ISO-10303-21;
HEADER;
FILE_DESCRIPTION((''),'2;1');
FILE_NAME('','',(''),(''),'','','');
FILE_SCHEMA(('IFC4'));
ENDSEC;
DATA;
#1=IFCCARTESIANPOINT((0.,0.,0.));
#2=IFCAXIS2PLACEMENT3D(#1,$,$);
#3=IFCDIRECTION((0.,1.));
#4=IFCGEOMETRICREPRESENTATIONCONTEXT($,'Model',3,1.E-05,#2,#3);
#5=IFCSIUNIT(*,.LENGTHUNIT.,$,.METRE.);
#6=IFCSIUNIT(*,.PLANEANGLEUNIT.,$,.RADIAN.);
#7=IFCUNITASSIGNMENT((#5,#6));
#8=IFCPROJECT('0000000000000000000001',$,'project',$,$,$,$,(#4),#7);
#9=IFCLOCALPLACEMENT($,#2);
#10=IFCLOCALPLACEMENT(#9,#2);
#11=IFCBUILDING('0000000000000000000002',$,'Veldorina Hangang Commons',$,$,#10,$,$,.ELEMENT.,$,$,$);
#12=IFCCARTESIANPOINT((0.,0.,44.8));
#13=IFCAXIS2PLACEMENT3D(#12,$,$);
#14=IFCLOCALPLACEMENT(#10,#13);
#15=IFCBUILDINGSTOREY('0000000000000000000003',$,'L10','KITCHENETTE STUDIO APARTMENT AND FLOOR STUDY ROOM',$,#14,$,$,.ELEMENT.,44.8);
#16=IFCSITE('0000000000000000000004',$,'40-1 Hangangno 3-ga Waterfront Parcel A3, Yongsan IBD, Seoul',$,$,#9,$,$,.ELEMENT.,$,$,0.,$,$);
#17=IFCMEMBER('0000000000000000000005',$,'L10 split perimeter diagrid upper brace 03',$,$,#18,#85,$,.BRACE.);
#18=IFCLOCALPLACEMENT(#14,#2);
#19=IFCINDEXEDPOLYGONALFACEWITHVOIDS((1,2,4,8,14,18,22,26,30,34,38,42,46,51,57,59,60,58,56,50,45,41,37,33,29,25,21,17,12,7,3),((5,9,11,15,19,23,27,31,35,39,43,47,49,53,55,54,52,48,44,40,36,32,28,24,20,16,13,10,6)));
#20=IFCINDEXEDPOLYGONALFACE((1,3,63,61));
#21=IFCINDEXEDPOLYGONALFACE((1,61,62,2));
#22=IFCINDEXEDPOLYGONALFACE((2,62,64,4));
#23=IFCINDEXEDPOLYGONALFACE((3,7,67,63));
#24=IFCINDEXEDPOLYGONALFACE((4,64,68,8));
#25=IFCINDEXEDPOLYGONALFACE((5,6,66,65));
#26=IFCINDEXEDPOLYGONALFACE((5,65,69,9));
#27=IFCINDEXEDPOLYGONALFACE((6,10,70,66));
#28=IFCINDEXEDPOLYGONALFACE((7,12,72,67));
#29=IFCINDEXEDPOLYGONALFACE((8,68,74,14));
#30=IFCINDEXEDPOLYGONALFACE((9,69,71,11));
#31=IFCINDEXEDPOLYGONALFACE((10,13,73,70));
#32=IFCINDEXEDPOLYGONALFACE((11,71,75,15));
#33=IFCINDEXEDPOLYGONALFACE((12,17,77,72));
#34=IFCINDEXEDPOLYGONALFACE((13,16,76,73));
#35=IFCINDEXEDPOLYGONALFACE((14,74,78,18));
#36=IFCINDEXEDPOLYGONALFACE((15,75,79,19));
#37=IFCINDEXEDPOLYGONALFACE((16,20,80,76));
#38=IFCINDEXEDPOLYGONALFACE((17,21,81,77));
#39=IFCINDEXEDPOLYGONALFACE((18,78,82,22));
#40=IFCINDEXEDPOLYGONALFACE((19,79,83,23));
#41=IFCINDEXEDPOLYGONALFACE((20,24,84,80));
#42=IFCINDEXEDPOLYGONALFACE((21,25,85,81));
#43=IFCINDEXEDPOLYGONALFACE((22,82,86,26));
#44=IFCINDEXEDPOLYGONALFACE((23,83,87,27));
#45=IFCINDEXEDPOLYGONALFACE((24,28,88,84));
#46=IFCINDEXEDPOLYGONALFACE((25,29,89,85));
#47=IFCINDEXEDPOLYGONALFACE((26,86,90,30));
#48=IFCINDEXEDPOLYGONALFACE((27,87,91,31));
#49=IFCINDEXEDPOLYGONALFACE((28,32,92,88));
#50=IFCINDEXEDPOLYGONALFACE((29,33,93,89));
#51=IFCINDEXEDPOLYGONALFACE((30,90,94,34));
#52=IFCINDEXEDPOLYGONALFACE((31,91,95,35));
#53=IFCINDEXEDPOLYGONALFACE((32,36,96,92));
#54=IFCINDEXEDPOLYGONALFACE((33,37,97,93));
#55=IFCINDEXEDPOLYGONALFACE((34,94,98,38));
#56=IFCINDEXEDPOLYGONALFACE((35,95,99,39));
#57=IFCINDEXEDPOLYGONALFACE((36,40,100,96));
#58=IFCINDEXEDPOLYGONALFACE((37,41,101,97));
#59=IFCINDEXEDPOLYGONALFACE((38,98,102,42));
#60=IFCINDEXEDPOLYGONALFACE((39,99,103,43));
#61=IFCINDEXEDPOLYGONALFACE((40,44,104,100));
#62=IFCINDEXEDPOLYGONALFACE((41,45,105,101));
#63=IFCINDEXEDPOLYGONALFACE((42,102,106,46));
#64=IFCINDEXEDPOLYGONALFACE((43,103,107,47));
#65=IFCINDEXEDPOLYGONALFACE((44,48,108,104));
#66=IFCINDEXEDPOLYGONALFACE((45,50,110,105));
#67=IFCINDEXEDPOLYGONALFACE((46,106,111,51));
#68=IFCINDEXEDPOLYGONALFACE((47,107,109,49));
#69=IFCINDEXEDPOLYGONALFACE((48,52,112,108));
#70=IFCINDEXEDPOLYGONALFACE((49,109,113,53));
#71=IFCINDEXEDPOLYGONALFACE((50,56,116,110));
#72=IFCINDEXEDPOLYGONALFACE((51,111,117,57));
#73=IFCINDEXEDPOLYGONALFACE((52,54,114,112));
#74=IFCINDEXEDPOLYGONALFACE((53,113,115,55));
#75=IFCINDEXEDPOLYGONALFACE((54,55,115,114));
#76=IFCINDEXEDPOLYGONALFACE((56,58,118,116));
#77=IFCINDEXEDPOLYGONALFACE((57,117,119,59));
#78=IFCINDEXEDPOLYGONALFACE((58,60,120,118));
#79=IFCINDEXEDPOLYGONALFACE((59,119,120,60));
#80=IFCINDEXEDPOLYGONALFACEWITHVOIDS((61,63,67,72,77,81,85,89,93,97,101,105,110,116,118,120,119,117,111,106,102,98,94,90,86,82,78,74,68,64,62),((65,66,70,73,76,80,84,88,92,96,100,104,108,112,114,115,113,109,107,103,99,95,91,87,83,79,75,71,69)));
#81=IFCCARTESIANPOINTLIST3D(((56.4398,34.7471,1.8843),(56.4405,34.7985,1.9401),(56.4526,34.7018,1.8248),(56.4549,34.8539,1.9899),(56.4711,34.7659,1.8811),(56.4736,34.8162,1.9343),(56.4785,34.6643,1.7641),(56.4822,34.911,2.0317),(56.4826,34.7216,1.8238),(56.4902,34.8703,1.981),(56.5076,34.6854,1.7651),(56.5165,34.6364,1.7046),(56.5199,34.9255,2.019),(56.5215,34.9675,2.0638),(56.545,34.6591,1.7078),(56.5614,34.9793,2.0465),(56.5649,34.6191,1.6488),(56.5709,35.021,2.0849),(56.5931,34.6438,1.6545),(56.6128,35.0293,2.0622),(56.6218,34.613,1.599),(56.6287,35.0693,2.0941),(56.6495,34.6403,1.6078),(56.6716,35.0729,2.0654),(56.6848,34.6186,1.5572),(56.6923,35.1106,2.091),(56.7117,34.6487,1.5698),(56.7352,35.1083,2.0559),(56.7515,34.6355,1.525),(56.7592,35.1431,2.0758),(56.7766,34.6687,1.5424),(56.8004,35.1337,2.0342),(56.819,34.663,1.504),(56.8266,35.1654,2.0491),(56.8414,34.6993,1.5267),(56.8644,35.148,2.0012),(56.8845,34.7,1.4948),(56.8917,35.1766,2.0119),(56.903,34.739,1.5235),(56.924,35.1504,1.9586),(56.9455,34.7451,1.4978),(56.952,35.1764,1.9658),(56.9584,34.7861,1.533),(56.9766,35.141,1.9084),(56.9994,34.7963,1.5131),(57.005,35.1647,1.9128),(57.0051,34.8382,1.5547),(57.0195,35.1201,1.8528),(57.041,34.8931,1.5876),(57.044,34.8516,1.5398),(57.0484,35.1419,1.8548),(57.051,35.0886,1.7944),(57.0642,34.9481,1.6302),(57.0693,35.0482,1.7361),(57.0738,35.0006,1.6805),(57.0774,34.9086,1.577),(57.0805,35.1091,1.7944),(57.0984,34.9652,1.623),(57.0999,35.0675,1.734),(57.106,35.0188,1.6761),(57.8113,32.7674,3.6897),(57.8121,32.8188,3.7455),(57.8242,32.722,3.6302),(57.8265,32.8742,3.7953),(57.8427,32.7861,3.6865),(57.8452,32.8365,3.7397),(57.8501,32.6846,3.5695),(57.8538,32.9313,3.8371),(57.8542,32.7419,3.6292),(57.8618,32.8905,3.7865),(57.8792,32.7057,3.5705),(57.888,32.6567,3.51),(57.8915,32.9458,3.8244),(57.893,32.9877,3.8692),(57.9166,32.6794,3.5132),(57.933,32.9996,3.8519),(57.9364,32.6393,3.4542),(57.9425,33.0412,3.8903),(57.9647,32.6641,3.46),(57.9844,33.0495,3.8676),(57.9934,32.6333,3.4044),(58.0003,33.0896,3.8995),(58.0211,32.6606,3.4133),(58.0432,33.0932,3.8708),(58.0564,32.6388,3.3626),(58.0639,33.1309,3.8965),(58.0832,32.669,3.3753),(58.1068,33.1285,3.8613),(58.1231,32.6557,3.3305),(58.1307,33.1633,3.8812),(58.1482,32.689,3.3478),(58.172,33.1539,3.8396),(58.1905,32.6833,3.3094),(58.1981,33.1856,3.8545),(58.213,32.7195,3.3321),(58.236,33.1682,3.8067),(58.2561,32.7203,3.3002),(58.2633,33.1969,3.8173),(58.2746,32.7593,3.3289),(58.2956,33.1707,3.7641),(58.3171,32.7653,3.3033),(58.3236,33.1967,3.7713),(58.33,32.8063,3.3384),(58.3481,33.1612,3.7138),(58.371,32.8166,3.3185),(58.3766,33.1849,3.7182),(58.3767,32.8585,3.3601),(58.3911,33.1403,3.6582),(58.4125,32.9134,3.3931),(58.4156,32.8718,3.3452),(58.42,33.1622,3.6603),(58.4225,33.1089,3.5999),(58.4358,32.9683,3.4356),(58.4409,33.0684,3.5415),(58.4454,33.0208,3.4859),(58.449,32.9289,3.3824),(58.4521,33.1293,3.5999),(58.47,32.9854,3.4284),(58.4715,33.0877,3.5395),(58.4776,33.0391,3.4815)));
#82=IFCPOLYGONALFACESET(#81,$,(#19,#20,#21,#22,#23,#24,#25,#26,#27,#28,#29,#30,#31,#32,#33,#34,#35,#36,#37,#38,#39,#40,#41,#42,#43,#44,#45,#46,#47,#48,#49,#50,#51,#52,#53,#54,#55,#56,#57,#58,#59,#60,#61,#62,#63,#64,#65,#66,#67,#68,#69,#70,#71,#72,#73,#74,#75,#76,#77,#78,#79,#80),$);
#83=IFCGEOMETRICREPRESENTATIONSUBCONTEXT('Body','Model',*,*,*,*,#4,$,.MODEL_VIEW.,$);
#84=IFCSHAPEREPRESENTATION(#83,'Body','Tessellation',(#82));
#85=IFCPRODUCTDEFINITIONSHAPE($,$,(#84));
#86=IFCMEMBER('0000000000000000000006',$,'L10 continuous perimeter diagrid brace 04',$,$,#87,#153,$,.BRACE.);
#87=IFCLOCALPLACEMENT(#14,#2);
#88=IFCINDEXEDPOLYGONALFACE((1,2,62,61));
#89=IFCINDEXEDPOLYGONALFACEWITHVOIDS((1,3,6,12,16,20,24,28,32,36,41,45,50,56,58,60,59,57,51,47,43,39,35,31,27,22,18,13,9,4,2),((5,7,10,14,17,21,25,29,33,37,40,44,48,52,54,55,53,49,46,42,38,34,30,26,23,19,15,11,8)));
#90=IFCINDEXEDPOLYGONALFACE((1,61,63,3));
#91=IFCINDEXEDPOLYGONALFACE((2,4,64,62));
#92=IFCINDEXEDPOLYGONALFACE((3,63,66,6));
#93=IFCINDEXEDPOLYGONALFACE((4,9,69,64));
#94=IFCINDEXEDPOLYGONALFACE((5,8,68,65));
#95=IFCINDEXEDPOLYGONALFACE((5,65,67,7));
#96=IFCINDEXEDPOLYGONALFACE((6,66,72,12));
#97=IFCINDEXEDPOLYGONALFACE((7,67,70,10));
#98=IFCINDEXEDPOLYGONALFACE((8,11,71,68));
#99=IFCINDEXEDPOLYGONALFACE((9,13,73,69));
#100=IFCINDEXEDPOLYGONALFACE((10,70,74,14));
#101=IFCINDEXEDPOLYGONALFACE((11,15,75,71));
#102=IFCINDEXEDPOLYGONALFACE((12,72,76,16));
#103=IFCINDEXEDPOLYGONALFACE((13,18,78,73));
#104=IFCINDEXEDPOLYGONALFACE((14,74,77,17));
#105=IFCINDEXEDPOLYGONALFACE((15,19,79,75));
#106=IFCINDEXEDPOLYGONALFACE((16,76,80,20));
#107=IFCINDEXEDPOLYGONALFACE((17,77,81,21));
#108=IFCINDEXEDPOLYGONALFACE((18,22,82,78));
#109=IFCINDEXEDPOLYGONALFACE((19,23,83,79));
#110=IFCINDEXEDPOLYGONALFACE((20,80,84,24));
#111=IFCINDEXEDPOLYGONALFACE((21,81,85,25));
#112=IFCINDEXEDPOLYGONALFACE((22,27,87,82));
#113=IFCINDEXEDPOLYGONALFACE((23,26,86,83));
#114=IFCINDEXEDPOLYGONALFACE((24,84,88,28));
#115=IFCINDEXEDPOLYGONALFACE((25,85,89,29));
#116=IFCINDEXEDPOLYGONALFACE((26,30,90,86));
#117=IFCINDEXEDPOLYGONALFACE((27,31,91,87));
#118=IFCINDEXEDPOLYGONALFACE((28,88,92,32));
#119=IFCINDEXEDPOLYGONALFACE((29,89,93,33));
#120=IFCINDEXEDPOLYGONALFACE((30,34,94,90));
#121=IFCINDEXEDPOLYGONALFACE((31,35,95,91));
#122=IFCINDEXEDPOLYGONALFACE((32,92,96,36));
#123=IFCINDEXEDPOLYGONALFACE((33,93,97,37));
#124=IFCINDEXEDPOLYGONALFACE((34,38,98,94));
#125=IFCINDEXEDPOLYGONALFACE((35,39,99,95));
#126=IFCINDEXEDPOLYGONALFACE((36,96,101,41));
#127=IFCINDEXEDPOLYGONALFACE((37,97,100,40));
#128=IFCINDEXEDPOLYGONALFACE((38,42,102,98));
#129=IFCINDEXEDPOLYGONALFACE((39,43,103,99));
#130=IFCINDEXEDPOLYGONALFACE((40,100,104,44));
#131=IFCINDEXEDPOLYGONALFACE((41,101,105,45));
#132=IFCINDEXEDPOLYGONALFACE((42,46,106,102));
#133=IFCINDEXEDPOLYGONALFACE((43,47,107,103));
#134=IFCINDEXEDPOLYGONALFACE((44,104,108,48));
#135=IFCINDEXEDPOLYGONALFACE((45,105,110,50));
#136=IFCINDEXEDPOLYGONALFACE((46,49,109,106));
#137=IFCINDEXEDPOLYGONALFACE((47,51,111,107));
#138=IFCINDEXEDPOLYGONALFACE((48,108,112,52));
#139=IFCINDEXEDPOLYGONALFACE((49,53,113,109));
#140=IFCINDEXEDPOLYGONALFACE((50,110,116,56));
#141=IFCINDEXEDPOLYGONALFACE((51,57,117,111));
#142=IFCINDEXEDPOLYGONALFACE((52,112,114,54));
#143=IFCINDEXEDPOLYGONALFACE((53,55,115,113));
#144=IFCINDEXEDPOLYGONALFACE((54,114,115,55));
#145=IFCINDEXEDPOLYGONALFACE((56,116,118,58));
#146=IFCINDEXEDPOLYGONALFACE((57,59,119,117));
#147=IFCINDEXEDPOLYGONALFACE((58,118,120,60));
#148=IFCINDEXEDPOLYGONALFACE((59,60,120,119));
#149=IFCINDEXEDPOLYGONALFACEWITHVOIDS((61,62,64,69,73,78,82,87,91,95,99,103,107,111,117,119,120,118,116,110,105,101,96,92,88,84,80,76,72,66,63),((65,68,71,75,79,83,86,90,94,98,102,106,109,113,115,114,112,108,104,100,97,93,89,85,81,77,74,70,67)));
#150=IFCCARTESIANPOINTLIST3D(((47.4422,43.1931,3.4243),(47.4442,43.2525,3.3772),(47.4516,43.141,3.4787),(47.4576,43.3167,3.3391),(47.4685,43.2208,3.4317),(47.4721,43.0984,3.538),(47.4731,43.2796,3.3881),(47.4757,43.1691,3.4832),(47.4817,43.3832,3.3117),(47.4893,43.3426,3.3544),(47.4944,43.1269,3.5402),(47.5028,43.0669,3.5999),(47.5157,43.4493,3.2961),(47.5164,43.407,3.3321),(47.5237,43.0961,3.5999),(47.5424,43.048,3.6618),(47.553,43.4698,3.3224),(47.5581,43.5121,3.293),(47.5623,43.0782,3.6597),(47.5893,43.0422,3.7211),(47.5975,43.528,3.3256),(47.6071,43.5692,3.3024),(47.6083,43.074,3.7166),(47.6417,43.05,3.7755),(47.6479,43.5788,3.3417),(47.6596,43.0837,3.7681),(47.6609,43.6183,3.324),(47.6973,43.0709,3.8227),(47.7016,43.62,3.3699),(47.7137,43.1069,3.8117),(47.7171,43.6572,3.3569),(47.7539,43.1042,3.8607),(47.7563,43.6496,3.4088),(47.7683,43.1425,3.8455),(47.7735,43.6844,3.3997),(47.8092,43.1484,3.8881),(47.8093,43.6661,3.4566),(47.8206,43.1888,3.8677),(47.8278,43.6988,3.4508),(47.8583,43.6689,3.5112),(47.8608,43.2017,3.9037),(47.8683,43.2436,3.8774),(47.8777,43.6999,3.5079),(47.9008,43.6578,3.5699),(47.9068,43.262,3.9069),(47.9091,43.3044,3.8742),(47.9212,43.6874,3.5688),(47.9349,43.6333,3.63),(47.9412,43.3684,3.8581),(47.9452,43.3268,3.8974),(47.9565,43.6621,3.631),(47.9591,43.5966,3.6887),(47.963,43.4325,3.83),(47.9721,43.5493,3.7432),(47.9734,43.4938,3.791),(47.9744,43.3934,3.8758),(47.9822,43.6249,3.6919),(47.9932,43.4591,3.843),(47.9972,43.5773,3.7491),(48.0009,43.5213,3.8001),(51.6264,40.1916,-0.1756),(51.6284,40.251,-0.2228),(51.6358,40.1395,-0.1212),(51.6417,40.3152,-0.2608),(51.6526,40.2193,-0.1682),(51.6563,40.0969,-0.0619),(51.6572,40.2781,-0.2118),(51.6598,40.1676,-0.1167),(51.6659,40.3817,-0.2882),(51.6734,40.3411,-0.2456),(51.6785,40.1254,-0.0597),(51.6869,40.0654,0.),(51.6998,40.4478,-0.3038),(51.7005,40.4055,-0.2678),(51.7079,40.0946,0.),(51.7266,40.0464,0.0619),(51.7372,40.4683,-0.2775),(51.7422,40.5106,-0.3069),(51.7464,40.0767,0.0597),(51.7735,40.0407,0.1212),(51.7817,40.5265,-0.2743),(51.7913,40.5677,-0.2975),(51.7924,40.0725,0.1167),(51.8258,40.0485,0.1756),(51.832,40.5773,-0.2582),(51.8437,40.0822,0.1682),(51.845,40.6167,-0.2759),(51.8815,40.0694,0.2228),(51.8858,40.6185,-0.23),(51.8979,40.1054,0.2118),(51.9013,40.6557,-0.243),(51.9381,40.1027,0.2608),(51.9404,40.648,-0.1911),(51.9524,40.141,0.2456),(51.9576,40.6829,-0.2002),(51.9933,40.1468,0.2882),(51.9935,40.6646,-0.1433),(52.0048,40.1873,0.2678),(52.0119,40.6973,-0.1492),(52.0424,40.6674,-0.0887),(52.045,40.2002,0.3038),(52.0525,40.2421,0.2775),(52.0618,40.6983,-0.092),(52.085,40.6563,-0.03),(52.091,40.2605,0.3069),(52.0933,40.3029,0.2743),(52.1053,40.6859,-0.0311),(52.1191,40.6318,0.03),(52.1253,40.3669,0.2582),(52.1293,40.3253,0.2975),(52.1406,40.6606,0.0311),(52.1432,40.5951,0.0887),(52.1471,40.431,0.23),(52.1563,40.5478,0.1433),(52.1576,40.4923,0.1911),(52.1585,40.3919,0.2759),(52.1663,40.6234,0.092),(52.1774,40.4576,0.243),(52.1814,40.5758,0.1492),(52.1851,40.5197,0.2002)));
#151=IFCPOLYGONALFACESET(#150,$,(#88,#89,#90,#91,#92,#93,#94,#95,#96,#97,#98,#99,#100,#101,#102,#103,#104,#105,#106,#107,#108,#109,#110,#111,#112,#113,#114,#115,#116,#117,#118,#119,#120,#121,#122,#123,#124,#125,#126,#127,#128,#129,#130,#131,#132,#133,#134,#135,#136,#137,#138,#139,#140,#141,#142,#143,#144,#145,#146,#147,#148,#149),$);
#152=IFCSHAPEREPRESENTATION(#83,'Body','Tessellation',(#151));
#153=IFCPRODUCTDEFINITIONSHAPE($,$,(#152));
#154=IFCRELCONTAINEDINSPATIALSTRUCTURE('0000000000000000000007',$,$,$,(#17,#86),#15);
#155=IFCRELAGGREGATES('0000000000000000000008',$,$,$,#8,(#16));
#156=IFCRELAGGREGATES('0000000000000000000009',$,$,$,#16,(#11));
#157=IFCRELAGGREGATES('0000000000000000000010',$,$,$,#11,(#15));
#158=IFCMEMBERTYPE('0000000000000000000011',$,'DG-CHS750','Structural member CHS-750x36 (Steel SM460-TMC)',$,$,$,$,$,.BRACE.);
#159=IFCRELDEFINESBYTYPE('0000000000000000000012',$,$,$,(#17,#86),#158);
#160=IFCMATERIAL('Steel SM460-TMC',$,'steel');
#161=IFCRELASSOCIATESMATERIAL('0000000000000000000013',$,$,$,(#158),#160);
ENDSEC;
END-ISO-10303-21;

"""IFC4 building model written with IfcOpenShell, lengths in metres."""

from ifc_helpers import new_model, si_unit, direction, frame, origin, origin_2d, place, context, subcontext, project, spatial, hollow_circle, extrude, material, material_profile, profile_set, type_object, element, save


model = new_model("IFC4")

# Units and contexts
model_context = context("Model", 3, precision=1e-05, world=origin(), true_north=direction((0.0, 1.0)))
body_context = subcontext(model_context, "Body", "Model", "MODEL_VIEW")
ifc_project = project(units=[si_unit("LENGTHUNIT", "METRE"), si_unit("PLANEANGLEUNIT", "RADIAN")], contexts=[model_context])

# Site, building, storey
site_placement = place(None, origin())
site = spatial("IfcSite", under=ifc_project, at=site_placement, Name="40-1 Hangangno 3-ga Waterfront Parcel A3, Yongsan IBD, Seoul", CompositionType="ELEMENT", RefElevation=0.0)
building_placement = place(site_placement, origin())
building = spatial("IfcBuilding", under=site, at=building_placement, Name="Veldorina Hangang Commons", CompositionType="ELEMENT")
storey_placement = place(building_placement, frame((0.0, 0.0, 44.8)))
storey = spatial("IfcBuildingStorey", under=building, at=storey_placement, Name="L10", Description="KITCHENETTE STUDIO APARTMENT AND FLOOR STUDY ROOM", CompositionType="ELEMENT", Elevation=44.8)

# Shared definitions
ifc_material_1 = material(Name="Steel SM460-TMC", Category="steel")

# Members
ifc_material_profile_1 = material_profile(ifc_material_1, hollow_circle(Radius=0.375, WallThickness=0.0359, at=origin_2d()), Name="CHS-750x36")
ifc_profile_set_1 = profile_set([ifc_material_profile_1], Name="Steel SM460-TMC")
member_type = type_object("IfcMemberType", Name="DG-CHS750", Description="Structural member CHS-750x36 (Steel SM460-TMC)", PredefinedType="BRACE", material=ifc_profile_set_1)
member_1_placement = place(storey_placement, frame((56.7722, 34.8955, 1.7944), z_axis=(0.455674, -0.657718, 0.599806), x_axis=(0.821999, 0.569489, 0.0)))
element("IfcMember", 1, at=member_1_placement, inside=storey, type_object=member_type, Name="L10 split perimeter diagrid upper brace 03", PredefinedType="BRACE", context=body_context, shape_type="SweptSolid", body=[
    extrude(hollow_circle(Radius=0.375, WallThickness=0.0359, at=origin_2d()), origin(), (0.0, 0.0, 1.0), 3.01),
])
member_2_placement = place(storey_placement, frame((51.9055, 40.3701, 0.0), z_axis=(-0.665952, 0.477723, 0.572965), x_axis=(-0.582887, -0.812553, 0.0)))
element("IfcMember", 2, at=member_2_placement, inside=storey, type_object=member_type, Name="L10 continuous perimeter diagrid brace 04", PredefinedType="BRACE", context=body_context, shape_type="SweptSolid", body=[
    extrude(hollow_circle(Radius=0.375, WallThickness=0.0359, at=origin_2d()), origin(), (0.0, 0.0, 1.0), 6.283),
])

save(model, "model.ifc")
